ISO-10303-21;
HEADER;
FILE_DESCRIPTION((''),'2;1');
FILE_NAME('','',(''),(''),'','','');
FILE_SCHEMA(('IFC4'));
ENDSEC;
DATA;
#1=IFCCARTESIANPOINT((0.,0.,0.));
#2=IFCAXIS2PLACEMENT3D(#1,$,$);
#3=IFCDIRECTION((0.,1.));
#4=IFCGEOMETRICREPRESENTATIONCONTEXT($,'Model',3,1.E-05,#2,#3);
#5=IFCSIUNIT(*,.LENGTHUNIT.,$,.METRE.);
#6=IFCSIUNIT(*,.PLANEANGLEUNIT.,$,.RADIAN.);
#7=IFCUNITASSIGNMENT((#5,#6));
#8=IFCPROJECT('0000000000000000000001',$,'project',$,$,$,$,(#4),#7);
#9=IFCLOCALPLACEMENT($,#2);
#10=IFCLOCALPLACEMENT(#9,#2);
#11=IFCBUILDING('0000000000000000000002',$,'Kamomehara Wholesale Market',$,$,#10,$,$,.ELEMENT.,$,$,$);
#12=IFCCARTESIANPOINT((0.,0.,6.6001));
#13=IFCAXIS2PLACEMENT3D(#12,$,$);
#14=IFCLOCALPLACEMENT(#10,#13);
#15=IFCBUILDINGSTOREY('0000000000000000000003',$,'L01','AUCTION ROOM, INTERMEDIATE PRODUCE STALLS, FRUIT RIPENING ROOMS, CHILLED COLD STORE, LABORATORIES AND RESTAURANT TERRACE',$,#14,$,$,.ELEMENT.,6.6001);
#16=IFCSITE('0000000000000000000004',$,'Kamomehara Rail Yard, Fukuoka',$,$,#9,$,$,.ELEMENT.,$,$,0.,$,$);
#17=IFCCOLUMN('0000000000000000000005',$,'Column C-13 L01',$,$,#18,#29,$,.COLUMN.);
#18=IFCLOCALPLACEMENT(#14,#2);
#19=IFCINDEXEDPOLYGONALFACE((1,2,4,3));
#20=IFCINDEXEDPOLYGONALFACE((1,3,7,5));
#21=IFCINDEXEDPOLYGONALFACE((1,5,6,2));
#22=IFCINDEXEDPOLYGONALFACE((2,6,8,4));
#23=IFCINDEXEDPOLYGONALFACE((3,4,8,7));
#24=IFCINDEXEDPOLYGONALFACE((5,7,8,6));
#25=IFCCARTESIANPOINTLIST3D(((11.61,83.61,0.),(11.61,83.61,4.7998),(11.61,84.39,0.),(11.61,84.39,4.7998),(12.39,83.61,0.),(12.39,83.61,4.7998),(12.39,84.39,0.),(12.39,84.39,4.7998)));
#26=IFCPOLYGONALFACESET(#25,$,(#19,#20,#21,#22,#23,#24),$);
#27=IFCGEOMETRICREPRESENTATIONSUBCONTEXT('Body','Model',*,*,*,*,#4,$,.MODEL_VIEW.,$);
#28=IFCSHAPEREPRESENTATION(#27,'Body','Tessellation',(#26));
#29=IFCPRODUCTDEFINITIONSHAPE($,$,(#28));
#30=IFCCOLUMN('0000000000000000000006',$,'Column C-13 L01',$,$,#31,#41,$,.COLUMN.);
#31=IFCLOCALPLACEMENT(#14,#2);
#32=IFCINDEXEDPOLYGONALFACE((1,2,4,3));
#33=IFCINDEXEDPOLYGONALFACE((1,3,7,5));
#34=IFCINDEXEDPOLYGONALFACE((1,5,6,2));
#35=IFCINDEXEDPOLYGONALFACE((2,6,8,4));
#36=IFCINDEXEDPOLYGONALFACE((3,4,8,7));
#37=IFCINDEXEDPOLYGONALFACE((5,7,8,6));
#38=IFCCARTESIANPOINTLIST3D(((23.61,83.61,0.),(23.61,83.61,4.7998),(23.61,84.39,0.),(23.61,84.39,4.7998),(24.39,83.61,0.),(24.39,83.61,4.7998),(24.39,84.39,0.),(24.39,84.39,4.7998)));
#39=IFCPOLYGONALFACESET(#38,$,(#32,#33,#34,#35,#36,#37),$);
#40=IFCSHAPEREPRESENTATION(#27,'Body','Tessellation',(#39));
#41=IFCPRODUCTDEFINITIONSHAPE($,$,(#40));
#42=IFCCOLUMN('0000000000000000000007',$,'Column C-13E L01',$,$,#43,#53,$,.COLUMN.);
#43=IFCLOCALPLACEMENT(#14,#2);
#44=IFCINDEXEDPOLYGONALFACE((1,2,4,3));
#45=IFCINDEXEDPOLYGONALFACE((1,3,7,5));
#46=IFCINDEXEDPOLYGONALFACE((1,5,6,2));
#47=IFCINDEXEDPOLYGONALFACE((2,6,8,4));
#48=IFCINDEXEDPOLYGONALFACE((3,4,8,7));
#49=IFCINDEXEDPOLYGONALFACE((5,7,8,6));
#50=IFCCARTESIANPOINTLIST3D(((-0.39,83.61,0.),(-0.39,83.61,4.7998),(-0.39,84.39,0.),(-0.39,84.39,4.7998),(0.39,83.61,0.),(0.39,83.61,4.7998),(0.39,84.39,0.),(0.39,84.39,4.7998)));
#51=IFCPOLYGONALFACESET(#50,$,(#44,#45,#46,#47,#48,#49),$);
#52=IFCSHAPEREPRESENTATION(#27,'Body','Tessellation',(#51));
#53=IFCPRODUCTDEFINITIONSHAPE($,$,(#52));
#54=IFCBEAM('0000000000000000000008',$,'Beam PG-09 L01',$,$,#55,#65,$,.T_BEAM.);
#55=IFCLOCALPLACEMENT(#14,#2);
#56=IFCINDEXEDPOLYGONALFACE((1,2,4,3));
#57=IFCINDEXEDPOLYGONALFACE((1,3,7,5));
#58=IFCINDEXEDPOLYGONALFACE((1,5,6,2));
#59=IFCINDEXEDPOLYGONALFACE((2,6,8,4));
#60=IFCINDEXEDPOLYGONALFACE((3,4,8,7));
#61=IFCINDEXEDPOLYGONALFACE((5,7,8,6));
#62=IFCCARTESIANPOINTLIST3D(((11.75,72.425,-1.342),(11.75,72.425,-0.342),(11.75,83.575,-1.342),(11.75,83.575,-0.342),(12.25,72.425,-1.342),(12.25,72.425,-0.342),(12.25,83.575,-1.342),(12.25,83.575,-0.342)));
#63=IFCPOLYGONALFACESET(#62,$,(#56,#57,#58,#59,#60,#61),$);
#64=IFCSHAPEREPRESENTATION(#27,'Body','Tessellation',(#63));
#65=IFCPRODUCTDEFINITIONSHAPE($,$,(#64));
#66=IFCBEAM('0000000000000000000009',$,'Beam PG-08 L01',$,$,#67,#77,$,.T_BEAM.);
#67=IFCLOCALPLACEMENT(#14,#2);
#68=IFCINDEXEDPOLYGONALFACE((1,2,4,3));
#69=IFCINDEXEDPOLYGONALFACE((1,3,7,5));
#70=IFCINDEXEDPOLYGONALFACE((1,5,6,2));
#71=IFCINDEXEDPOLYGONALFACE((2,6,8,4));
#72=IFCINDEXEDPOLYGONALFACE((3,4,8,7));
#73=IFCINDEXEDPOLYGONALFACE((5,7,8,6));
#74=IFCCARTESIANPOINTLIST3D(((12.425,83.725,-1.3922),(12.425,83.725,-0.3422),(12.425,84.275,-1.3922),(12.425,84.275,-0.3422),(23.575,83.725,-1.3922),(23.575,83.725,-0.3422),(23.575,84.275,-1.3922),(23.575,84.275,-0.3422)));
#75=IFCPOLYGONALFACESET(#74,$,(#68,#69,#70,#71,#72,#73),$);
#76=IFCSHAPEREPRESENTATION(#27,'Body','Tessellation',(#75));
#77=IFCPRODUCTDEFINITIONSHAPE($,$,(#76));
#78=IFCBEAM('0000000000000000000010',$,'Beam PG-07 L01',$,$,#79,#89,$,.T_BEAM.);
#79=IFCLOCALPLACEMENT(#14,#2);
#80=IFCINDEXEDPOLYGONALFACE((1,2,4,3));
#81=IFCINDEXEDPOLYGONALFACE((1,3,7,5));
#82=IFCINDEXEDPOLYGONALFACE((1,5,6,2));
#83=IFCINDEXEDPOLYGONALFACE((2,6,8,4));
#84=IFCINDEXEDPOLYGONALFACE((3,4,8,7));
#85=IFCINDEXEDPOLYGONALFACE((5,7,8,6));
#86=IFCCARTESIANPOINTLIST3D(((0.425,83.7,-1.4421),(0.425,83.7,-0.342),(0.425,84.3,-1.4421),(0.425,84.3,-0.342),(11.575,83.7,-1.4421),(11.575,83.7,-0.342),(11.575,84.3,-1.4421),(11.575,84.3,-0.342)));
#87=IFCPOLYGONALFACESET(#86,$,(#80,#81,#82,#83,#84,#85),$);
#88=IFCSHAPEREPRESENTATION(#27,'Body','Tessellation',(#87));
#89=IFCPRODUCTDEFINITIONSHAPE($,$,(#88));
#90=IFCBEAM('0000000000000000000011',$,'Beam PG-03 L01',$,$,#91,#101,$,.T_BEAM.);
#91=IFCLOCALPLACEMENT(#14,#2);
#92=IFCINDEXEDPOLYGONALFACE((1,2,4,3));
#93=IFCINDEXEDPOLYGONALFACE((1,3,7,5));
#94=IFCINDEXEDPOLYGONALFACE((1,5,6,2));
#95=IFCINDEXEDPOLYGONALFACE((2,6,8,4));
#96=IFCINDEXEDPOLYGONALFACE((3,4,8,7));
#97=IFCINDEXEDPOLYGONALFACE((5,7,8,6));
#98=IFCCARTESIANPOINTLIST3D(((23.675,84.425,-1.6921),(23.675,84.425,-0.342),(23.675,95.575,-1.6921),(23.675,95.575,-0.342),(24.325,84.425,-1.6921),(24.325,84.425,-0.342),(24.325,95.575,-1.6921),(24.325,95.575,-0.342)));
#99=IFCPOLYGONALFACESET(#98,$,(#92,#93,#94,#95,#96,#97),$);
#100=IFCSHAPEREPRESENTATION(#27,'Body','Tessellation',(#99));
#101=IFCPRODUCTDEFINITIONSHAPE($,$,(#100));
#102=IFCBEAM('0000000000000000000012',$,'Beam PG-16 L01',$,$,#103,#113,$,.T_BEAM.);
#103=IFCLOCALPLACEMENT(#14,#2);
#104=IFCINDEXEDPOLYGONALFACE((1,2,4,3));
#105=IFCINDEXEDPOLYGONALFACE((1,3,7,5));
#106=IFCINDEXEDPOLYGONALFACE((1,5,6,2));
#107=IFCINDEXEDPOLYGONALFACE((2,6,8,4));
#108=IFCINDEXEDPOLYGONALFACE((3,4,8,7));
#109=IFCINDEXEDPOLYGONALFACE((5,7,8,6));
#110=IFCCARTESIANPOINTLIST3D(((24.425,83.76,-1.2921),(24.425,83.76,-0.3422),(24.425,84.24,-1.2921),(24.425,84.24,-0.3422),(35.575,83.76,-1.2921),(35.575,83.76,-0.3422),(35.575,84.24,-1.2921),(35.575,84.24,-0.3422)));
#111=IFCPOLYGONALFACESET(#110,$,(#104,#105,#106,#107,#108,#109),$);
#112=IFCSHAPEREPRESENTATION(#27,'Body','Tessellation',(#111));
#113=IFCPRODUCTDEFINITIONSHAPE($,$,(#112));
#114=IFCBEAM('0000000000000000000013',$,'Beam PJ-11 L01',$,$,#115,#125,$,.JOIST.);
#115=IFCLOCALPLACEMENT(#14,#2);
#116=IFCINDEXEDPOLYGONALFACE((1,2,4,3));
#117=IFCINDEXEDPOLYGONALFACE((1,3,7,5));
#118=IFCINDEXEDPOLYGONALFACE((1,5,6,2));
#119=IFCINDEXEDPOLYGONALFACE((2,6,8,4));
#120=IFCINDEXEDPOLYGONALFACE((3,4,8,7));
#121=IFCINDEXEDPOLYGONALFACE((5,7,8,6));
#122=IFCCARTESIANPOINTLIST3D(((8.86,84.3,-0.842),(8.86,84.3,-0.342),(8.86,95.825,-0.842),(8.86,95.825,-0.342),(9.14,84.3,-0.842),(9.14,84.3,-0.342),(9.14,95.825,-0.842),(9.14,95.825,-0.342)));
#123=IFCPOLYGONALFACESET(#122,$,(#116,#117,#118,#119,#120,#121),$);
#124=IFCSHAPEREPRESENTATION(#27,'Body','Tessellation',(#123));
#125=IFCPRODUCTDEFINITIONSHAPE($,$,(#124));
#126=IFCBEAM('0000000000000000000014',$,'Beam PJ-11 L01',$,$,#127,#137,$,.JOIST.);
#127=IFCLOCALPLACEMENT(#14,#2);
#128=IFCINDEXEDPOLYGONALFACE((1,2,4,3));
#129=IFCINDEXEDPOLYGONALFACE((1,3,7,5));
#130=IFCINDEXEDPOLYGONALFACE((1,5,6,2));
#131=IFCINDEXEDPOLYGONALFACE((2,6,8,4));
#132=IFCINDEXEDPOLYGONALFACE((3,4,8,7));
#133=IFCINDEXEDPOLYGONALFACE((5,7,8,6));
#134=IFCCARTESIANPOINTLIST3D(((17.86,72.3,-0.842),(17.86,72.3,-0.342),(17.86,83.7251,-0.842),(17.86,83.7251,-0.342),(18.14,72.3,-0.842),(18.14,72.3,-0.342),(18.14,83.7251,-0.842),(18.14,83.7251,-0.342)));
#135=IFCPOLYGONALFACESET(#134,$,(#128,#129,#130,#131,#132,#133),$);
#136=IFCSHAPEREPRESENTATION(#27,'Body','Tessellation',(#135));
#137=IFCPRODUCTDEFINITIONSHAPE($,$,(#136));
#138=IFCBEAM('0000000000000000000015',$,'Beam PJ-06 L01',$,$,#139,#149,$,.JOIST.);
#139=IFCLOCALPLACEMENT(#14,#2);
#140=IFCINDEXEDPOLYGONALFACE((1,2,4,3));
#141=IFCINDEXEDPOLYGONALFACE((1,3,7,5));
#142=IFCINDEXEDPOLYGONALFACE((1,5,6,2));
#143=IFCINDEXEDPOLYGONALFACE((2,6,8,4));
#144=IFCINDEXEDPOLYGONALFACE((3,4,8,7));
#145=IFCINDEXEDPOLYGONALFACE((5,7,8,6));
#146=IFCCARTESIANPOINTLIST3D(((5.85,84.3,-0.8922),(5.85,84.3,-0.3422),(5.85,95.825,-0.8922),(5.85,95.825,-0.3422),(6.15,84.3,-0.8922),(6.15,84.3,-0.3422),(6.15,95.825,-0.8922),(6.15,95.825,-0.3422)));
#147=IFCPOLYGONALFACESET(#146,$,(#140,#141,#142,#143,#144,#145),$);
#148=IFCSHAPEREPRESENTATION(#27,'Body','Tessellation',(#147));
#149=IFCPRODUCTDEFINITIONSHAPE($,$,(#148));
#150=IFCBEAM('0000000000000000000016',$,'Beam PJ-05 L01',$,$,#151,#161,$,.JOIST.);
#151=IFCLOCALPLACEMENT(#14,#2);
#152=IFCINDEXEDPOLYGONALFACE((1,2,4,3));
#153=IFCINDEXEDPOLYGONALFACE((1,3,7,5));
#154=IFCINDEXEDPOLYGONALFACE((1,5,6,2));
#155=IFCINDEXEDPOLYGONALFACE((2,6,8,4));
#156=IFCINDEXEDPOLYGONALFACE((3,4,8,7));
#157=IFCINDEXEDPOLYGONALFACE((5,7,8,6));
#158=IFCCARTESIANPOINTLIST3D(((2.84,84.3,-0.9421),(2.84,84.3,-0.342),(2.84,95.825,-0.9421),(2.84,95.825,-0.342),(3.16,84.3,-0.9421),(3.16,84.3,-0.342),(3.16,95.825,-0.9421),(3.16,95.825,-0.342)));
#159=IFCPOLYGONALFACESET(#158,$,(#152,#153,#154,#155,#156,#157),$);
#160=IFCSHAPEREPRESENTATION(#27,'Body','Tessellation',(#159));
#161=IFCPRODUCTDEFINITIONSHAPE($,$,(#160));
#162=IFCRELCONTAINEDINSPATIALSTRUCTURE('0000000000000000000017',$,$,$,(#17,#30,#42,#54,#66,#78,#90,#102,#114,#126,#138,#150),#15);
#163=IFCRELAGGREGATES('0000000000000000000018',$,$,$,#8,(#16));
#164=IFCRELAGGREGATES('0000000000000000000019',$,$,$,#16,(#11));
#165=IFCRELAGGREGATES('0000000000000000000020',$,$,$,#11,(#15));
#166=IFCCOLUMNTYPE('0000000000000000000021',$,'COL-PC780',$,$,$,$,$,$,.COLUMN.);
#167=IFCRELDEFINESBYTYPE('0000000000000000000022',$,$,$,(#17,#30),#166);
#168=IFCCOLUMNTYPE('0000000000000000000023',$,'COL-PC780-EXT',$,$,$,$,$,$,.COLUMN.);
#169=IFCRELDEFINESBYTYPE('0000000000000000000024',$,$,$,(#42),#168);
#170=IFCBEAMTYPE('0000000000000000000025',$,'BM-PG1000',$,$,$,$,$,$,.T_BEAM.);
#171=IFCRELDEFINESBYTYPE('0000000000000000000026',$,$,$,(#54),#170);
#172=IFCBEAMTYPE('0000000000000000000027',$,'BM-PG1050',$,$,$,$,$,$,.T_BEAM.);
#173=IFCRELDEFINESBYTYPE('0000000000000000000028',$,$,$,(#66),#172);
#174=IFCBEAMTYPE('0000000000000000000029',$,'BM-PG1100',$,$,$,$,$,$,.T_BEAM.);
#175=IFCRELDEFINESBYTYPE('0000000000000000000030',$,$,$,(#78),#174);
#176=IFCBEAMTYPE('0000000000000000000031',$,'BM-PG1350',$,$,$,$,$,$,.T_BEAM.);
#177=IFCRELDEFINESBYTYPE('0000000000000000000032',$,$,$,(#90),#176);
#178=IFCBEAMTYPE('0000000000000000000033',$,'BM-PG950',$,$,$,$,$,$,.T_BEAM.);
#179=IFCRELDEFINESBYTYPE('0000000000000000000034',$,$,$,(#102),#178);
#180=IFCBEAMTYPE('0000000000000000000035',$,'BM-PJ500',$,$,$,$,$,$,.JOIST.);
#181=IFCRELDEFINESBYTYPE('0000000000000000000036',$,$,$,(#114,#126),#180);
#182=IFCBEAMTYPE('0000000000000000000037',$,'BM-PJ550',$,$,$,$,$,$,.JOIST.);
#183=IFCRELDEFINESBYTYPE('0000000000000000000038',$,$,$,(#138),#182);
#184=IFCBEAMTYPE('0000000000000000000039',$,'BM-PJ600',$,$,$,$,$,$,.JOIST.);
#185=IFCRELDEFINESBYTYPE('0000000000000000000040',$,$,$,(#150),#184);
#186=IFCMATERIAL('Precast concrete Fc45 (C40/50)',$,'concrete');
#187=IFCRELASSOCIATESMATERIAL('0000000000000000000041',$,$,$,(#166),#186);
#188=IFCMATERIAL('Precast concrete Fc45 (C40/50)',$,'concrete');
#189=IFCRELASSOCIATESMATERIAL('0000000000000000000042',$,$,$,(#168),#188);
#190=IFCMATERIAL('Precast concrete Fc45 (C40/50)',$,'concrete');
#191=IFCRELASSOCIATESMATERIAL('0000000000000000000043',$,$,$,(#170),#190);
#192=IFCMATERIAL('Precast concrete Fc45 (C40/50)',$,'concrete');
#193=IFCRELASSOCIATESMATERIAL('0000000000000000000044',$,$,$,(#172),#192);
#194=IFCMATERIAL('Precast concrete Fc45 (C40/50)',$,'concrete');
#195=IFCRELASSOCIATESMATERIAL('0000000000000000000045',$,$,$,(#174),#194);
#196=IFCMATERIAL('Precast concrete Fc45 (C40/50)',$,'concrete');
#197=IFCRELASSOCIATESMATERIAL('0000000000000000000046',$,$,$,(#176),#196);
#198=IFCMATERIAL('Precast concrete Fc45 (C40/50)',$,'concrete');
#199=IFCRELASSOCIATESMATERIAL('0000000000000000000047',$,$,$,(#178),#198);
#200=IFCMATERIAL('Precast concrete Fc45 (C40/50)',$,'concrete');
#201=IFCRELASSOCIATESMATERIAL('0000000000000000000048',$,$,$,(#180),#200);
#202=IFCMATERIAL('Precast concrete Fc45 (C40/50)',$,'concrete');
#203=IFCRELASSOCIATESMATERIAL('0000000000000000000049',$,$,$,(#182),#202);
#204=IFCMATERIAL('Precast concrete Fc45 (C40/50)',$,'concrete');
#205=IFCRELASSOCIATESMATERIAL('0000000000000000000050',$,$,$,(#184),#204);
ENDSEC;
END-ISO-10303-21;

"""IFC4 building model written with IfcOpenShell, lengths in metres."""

from ifc_helpers import new_model, si_unit, direction, frame, origin, origin_2d, place, context, subcontext, project, spatial, rectangle, extrude, material, material_profile, profile_set, type_object, element, save


model = new_model("IFC4")

# Units and contexts
model_context = context("Model", 3, precision=1e-05, world=origin(), true_north=direction((0.0, 1.0)))
body_context = subcontext(model_context, "Body", "Model", "MODEL_VIEW")
ifc_project = project(units=[si_unit("LENGTHUNIT", "METRE"), si_unit("PLANEANGLEUNIT", "RADIAN")], contexts=[model_context])

# Site, building, storey
site_placement = place(None, origin())
site = spatial("IfcSite", under=ifc_project, at=site_placement, Name="Kamomehara Rail Yard, Fukuoka", CompositionType="ELEMENT", RefElevation=0.0)
building_placement = place(site_placement, origin())
building = spatial("IfcBuilding", under=site, at=building_placement, Name="Kamomehara Wholesale Market", CompositionType="ELEMENT")
storey_placement = place(building_placement, frame((0.0, 0.0, 6.6001)))
storey = spatial("IfcBuildingStorey", under=building, at=storey_placement, Name="L01", Description="AUCTION ROOM, INTERMEDIATE PRODUCE STALLS, FRUIT RIPENING ROOMS, CHILLED COLD STORE, LABORATORIES AND RESTAURANT TERRACE", CompositionType="ELEMENT", Elevation=6.6001)

# Columns
ifc_material_1 = material(Name="Precast concrete Fc45 (C40/50)", Category="concrete")
ifc_material_profile_1 = material_profile(ifc_material_1, rectangle(XDim=0.78, YDim=0.78, at=origin_2d()), Name="PC-COL-780x780")
ifc_profile_set_1 = profile_set([ifc_material_profile_1], Name="Precast concrete Fc45 (C40/50)")
column_type_1 = type_object("IfcColumnType", Name="COL-PC780", PredefinedType="COLUMN", material=ifc_profile_set_1)
for number, where, z_axis, x_axis, name in (
    (1, (12.0, 84.0, 0.0), (0.0, 0.0, 1.0), (1.0, 0.0, 0.0), "Column C-13 L01"),
    (2, (24.0, 84.0, 0.0), (0.0, 0.0, 1.0), (1.0, 0.0, 0.0), "Column C-13 L01"),
):
    element("IfcColumn", number, at=place(storey_placement, frame(where, z_axis=z_axis, x_axis=x_axis)), inside=storey, type_object=column_type_1, Name=name, PredefinedType="COLUMN", context=body_context, shape_type="SweptSolid", body=[
        extrude(rectangle(XDim=0.78, YDim=0.78, at=origin_2d()), origin(), (0.0, 0.0, 1.0), 4.7998),
    ])
ifc_material_2 = material(Name="Precast concrete Fc45 (C40/50)", Category="concrete")
ifc_material_profile_2 = material_profile(ifc_material_2, rectangle(XDim=0.78, YDim=0.78, at=origin_2d()), Name="PC-COL-780x780")
ifc_profile_set_2 = profile_set([ifc_material_profile_2], Name="Precast concrete Fc45 (C40/50)")
column_type_2 = type_object("IfcColumnType", Name="COL-PC780-EXT", PredefinedType="COLUMN", material=ifc_profile_set_2)
column_placement = place(storey_placement, frame((0.0, 84.0, 0.0), z_axis=(0.0, 0.0, 1.0), x_axis=(1.0, 0.0, 0.0)))
element("IfcColumn", 3, at=column_placement, inside=storey, type_object=column_type_2, Name="Column C-13E L01", PredefinedType="COLUMN", context=body_context, shape_type="SweptSolid", body=[
    extrude(rectangle(XDim=0.78, YDim=0.78, at=origin_2d()), origin(), (0.0, 0.0, 1.0), 4.7998),
])

# Beams
ifc_material_3 = material(Name="Precast concrete Fc45 (C40/50)", Category="concrete")
ifc_material_profile_3 = material_profile(ifc_material_3, rectangle(XDim=0.5, YDim=1.0, at=origin_2d()), Name="PC-GRD-500x1000")
ifc_profile_set_3 = profile_set([ifc_material_profile_3], Name="Precast concrete Fc45 (C40/50)")
beam_type_1 = type_object("IfcBeamType", Name="BM-PG1000", PredefinedType="T_BEAM", material=ifc_profile_set_3)
beam_1_placement = place(storey_placement, frame((12.0, 72.425, -0.842), z_axis=(0.0, 1.0, 0.0), x_axis=(-1.0, 0.0, 0.0)))
element("IfcBeam", 4, at=beam_1_placement, inside=storey, type_object=beam_type_1, Name="Beam PG-09 L01", PredefinedType="T_BEAM", context=body_context, shape_type="SweptSolid", body=[
    extrude(rectangle(XDim=0.5, YDim=1.0, at=origin_2d()), origin(), (0.0, 0.0, 1.0), 11.1499),
])
ifc_material_4 = material(Name="Precast concrete Fc45 (C40/50)", Category="concrete")
ifc_material_profile_4 = material_profile(ifc_material_4, rectangle(XDim=0.55, YDim=1.05, at=origin_2d()), Name="PC-GRD-550x1050")
ifc_profile_set_4 = profile_set([ifc_material_profile_4], Name="Precast concrete Fc45 (C40/50)")
beam_type_2 = type_object("IfcBeamType", Name="BM-PG1050", PredefinedType="T_BEAM", material=ifc_profile_set_4)
beam_2_placement = place(storey_placement, frame((12.425, 84.0, -0.8672), z_axis=(1.0, 0.0, 0.0), x_axis=(0.0, 1.0, 0.0)))
element("IfcBeam", 5, at=beam_2_placement, inside=storey, type_object=beam_type_2, Name="Beam PG-08 L01", PredefinedType="T_BEAM", context=body_context, shape_type="SweptSolid", body=[
    extrude(rectangle(XDim=0.55, YDim=1.05, at=origin_2d()), origin(), (0.0, 0.0, 1.0), 11.1499),
])
ifc_material_5 = material(Name="Precast concrete Fc45 (C40/50)", Category="concrete")
ifc_material_profile_5 = material_profile(ifc_material_5, rectangle(XDim=0.6001, YDim=1.1001, at=origin_2d()), Name="PC-GRD-600x1100")
ifc_profile_set_5 = profile_set([ifc_material_profile_5], Name="Precast concrete Fc45 (C40/50)")
beam_type_3 = type_object("IfcBeamType", Name="BM-PG1100", PredefinedType="T_BEAM", material=ifc_profile_set_5)
beam_3_placement = place(storey_placement, frame((0.425, 84.0, -0.8921), z_axis=(1.0, 0.0, 0.0), x_axis=(0.0, 1.0, 0.0)))
element("IfcBeam", 6, at=beam_3_placement, inside=storey, type_object=beam_type_3, Name="Beam PG-07 L01", PredefinedType="T_BEAM", context=body_context, shape_type="SweptSolid", body=[
    extrude(rectangle(XDim=0.6001, YDim=1.1001, at=origin_2d()), origin(), (0.0, 0.0, 1.0), 11.1499),
])
ifc_material_6 = material(Name="Precast concrete Fc45 (C40/50)", Category="concrete")
ifc_material_profile_6 = material_profile(ifc_material_6, rectangle(XDim=0.6499, YDim=1.3501, at=origin_2d()), Name="PC-GRD-650x1350")
ifc_profile_set_6 = profile_set([ifc_material_profile_6], Name="Precast concrete Fc45 (C40/50)")
beam_type_4 = type_object("IfcBeamType", Name="BM-PG1350", PredefinedType="T_BEAM", material=ifc_profile_set_6)
beam_4_placement = place(storey_placement, frame((24.0, 84.425, -1.0171), z_axis=(0.0, 1.0, 0.0), x_axis=(-1.0, 0.0, 0.0)))
element("IfcBeam", 7, at=beam_4_placement, inside=storey, type_object=beam_type_4, Name="Beam PG-03 L01", PredefinedType="T_BEAM", context=body_context, shape_type="SweptSolid", body=[
    extrude(rectangle(XDim=0.6499, YDim=1.3501, at=origin_2d()), origin(), (0.0, 0.0, 1.0), 11.1499),
])
ifc_material_7 = material(Name="Precast concrete Fc45 (C40/50)", Category="concrete")
ifc_material_profile_7 = material_profile(ifc_material_7, rectangle(XDim=0.48, YDim=0.95, at=origin_2d()), Name="PC-GRD-480x950")
ifc_profile_set_7 = profile_set([ifc_material_profile_7], Name="Precast concrete Fc45 (C40/50)")
beam_type_5 = type_object("IfcBeamType", Name="BM-PG950", PredefinedType="T_BEAM", material=ifc_profile_set_7)
beam_5_placement = place(storey_placement, frame((24.425, 84.0, -0.8171), z_axis=(1.0, 0.0, 0.0), x_axis=(0.0, 1.0, 0.0)))
element("IfcBeam", 8, at=beam_5_placement, inside=storey, type_object=beam_type_5, Name="Beam PG-16 L01", PredefinedType="T_BEAM", context=body_context, shape_type="SweptSolid", body=[
    extrude(rectangle(XDim=0.48, YDim=0.95, at=origin_2d()), origin(), (0.0, 0.0, 1.0), 11.1499),
])
ifc_material_8 = material(Name="Precast concrete Fc45 (C40/50)", Category="concrete")
ifc_material_profile_8 = material_profile(ifc_material_8, rectangle(XDim=0.28, YDim=0.5, at=origin_2d()), Name="PC-JST-280x500")
ifc_profile_set_8 = profile_set([ifc_material_profile_8], Name="Precast concrete Fc45 (C40/50)")
beam_type_6 = type_object("IfcBeamType", Name="BM-PJ500", PredefinedType="JOIST", material=ifc_profile_set_8)
beam_6_placement = place(storey_placement, frame((9.0, 84.3, -0.592), z_axis=(0.0, 1.0, 0.0), x_axis=(-1.0, 0.0, 0.0)))
element("IfcBeam", 9, at=beam_6_placement, inside=storey, type_object=beam_type_6, Name="Beam PJ-11 L01", PredefinedType="JOIST", context=body_context, shape_type="SweptSolid", body=[
    extrude(rectangle(XDim=0.28, YDim=0.5, at=origin_2d()), origin(), (0.0, 0.0, 1.0), 11.5249),
])
beam_7_placement = place(storey_placement, frame((18.0, 72.3, -0.592), z_axis=(0.0, 1.0, 0.0), x_axis=(-1.0, 0.0, 0.0)))
element("IfcBeam", 10, at=beam_7_placement, inside=storey, type_object=beam_type_6, Name="Beam PJ-11 L01", PredefinedType="JOIST", context=body_context, shape_type="SweptSolid", body=[
    extrude(rectangle(XDim=0.28, YDim=0.5, at=origin_2d()), origin(), (0.0, 0.0, 1.0), 11.425),
])
ifc_material_9 = material(Name="Precast concrete Fc45 (C40/50)", Category="concrete")
ifc_material_profile_9 = material_profile(ifc_material_9, rectangle(XDim=0.3, YDim=0.55, at=origin_2d()), Name="PC-JST-300x550")
ifc_profile_set_9 = profile_set([ifc_material_profile_9], Name="Precast concrete Fc45 (C40/50)")
beam_type_7 = type_object("IfcBeamType", Name="BM-PJ550", PredefinedType="JOIST", material=ifc_profile_set_9)
beam_8_placement = place(storey_placement, frame((6.0, 84.3, -0.6172), z_axis=(0.0, 1.0, 0.0), x_axis=(-1.0, 0.0, 0.0)))
element("IfcBeam", 11, at=beam_8_placement, inside=storey, type_object=beam_type_7, Name="Beam PJ-06 L01", PredefinedType="JOIST", context=body_context, shape_type="SweptSolid", body=[
    extrude(rectangle(XDim=0.3, YDim=0.55, at=origin_2d()), origin(), (0.0, 0.0, 1.0), 11.5249),
])
ifc_material_10 = material(Name="Precast concrete Fc45 (C40/50)", Category="concrete")
ifc_material_profile_10 = material_profile(ifc_material_10, rectangle(XDim=0.3201, YDim=0.6001, at=origin_2d()), Name="PC-JST-320x600")
ifc_profile_set_10 = profile_set([ifc_material_profile_10], Name="Precast concrete Fc45 (C40/50)")
beam_type_8 = type_object("IfcBeamType", Name="BM-PJ600", PredefinedType="JOIST", material=ifc_profile_set_10)
beam_9_placement = place(storey_placement, frame((3.0, 84.3, -0.6421), z_axis=(0.0, 1.0, 0.0), x_axis=(-1.0, 0.0, 0.0)))
element("IfcBeam", 12, at=beam_9_placement, inside=storey, type_object=beam_type_8, Name="Beam PJ-05 L01", PredefinedType="JOIST", context=body_context, shape_type="SweptSolid", body=[
    extrude(rectangle(XDim=0.3201, YDim=0.6001, at=origin_2d()), origin(), (0.0, 0.0, 1.0), 11.5249),
])

save(model, "model.ifc")
